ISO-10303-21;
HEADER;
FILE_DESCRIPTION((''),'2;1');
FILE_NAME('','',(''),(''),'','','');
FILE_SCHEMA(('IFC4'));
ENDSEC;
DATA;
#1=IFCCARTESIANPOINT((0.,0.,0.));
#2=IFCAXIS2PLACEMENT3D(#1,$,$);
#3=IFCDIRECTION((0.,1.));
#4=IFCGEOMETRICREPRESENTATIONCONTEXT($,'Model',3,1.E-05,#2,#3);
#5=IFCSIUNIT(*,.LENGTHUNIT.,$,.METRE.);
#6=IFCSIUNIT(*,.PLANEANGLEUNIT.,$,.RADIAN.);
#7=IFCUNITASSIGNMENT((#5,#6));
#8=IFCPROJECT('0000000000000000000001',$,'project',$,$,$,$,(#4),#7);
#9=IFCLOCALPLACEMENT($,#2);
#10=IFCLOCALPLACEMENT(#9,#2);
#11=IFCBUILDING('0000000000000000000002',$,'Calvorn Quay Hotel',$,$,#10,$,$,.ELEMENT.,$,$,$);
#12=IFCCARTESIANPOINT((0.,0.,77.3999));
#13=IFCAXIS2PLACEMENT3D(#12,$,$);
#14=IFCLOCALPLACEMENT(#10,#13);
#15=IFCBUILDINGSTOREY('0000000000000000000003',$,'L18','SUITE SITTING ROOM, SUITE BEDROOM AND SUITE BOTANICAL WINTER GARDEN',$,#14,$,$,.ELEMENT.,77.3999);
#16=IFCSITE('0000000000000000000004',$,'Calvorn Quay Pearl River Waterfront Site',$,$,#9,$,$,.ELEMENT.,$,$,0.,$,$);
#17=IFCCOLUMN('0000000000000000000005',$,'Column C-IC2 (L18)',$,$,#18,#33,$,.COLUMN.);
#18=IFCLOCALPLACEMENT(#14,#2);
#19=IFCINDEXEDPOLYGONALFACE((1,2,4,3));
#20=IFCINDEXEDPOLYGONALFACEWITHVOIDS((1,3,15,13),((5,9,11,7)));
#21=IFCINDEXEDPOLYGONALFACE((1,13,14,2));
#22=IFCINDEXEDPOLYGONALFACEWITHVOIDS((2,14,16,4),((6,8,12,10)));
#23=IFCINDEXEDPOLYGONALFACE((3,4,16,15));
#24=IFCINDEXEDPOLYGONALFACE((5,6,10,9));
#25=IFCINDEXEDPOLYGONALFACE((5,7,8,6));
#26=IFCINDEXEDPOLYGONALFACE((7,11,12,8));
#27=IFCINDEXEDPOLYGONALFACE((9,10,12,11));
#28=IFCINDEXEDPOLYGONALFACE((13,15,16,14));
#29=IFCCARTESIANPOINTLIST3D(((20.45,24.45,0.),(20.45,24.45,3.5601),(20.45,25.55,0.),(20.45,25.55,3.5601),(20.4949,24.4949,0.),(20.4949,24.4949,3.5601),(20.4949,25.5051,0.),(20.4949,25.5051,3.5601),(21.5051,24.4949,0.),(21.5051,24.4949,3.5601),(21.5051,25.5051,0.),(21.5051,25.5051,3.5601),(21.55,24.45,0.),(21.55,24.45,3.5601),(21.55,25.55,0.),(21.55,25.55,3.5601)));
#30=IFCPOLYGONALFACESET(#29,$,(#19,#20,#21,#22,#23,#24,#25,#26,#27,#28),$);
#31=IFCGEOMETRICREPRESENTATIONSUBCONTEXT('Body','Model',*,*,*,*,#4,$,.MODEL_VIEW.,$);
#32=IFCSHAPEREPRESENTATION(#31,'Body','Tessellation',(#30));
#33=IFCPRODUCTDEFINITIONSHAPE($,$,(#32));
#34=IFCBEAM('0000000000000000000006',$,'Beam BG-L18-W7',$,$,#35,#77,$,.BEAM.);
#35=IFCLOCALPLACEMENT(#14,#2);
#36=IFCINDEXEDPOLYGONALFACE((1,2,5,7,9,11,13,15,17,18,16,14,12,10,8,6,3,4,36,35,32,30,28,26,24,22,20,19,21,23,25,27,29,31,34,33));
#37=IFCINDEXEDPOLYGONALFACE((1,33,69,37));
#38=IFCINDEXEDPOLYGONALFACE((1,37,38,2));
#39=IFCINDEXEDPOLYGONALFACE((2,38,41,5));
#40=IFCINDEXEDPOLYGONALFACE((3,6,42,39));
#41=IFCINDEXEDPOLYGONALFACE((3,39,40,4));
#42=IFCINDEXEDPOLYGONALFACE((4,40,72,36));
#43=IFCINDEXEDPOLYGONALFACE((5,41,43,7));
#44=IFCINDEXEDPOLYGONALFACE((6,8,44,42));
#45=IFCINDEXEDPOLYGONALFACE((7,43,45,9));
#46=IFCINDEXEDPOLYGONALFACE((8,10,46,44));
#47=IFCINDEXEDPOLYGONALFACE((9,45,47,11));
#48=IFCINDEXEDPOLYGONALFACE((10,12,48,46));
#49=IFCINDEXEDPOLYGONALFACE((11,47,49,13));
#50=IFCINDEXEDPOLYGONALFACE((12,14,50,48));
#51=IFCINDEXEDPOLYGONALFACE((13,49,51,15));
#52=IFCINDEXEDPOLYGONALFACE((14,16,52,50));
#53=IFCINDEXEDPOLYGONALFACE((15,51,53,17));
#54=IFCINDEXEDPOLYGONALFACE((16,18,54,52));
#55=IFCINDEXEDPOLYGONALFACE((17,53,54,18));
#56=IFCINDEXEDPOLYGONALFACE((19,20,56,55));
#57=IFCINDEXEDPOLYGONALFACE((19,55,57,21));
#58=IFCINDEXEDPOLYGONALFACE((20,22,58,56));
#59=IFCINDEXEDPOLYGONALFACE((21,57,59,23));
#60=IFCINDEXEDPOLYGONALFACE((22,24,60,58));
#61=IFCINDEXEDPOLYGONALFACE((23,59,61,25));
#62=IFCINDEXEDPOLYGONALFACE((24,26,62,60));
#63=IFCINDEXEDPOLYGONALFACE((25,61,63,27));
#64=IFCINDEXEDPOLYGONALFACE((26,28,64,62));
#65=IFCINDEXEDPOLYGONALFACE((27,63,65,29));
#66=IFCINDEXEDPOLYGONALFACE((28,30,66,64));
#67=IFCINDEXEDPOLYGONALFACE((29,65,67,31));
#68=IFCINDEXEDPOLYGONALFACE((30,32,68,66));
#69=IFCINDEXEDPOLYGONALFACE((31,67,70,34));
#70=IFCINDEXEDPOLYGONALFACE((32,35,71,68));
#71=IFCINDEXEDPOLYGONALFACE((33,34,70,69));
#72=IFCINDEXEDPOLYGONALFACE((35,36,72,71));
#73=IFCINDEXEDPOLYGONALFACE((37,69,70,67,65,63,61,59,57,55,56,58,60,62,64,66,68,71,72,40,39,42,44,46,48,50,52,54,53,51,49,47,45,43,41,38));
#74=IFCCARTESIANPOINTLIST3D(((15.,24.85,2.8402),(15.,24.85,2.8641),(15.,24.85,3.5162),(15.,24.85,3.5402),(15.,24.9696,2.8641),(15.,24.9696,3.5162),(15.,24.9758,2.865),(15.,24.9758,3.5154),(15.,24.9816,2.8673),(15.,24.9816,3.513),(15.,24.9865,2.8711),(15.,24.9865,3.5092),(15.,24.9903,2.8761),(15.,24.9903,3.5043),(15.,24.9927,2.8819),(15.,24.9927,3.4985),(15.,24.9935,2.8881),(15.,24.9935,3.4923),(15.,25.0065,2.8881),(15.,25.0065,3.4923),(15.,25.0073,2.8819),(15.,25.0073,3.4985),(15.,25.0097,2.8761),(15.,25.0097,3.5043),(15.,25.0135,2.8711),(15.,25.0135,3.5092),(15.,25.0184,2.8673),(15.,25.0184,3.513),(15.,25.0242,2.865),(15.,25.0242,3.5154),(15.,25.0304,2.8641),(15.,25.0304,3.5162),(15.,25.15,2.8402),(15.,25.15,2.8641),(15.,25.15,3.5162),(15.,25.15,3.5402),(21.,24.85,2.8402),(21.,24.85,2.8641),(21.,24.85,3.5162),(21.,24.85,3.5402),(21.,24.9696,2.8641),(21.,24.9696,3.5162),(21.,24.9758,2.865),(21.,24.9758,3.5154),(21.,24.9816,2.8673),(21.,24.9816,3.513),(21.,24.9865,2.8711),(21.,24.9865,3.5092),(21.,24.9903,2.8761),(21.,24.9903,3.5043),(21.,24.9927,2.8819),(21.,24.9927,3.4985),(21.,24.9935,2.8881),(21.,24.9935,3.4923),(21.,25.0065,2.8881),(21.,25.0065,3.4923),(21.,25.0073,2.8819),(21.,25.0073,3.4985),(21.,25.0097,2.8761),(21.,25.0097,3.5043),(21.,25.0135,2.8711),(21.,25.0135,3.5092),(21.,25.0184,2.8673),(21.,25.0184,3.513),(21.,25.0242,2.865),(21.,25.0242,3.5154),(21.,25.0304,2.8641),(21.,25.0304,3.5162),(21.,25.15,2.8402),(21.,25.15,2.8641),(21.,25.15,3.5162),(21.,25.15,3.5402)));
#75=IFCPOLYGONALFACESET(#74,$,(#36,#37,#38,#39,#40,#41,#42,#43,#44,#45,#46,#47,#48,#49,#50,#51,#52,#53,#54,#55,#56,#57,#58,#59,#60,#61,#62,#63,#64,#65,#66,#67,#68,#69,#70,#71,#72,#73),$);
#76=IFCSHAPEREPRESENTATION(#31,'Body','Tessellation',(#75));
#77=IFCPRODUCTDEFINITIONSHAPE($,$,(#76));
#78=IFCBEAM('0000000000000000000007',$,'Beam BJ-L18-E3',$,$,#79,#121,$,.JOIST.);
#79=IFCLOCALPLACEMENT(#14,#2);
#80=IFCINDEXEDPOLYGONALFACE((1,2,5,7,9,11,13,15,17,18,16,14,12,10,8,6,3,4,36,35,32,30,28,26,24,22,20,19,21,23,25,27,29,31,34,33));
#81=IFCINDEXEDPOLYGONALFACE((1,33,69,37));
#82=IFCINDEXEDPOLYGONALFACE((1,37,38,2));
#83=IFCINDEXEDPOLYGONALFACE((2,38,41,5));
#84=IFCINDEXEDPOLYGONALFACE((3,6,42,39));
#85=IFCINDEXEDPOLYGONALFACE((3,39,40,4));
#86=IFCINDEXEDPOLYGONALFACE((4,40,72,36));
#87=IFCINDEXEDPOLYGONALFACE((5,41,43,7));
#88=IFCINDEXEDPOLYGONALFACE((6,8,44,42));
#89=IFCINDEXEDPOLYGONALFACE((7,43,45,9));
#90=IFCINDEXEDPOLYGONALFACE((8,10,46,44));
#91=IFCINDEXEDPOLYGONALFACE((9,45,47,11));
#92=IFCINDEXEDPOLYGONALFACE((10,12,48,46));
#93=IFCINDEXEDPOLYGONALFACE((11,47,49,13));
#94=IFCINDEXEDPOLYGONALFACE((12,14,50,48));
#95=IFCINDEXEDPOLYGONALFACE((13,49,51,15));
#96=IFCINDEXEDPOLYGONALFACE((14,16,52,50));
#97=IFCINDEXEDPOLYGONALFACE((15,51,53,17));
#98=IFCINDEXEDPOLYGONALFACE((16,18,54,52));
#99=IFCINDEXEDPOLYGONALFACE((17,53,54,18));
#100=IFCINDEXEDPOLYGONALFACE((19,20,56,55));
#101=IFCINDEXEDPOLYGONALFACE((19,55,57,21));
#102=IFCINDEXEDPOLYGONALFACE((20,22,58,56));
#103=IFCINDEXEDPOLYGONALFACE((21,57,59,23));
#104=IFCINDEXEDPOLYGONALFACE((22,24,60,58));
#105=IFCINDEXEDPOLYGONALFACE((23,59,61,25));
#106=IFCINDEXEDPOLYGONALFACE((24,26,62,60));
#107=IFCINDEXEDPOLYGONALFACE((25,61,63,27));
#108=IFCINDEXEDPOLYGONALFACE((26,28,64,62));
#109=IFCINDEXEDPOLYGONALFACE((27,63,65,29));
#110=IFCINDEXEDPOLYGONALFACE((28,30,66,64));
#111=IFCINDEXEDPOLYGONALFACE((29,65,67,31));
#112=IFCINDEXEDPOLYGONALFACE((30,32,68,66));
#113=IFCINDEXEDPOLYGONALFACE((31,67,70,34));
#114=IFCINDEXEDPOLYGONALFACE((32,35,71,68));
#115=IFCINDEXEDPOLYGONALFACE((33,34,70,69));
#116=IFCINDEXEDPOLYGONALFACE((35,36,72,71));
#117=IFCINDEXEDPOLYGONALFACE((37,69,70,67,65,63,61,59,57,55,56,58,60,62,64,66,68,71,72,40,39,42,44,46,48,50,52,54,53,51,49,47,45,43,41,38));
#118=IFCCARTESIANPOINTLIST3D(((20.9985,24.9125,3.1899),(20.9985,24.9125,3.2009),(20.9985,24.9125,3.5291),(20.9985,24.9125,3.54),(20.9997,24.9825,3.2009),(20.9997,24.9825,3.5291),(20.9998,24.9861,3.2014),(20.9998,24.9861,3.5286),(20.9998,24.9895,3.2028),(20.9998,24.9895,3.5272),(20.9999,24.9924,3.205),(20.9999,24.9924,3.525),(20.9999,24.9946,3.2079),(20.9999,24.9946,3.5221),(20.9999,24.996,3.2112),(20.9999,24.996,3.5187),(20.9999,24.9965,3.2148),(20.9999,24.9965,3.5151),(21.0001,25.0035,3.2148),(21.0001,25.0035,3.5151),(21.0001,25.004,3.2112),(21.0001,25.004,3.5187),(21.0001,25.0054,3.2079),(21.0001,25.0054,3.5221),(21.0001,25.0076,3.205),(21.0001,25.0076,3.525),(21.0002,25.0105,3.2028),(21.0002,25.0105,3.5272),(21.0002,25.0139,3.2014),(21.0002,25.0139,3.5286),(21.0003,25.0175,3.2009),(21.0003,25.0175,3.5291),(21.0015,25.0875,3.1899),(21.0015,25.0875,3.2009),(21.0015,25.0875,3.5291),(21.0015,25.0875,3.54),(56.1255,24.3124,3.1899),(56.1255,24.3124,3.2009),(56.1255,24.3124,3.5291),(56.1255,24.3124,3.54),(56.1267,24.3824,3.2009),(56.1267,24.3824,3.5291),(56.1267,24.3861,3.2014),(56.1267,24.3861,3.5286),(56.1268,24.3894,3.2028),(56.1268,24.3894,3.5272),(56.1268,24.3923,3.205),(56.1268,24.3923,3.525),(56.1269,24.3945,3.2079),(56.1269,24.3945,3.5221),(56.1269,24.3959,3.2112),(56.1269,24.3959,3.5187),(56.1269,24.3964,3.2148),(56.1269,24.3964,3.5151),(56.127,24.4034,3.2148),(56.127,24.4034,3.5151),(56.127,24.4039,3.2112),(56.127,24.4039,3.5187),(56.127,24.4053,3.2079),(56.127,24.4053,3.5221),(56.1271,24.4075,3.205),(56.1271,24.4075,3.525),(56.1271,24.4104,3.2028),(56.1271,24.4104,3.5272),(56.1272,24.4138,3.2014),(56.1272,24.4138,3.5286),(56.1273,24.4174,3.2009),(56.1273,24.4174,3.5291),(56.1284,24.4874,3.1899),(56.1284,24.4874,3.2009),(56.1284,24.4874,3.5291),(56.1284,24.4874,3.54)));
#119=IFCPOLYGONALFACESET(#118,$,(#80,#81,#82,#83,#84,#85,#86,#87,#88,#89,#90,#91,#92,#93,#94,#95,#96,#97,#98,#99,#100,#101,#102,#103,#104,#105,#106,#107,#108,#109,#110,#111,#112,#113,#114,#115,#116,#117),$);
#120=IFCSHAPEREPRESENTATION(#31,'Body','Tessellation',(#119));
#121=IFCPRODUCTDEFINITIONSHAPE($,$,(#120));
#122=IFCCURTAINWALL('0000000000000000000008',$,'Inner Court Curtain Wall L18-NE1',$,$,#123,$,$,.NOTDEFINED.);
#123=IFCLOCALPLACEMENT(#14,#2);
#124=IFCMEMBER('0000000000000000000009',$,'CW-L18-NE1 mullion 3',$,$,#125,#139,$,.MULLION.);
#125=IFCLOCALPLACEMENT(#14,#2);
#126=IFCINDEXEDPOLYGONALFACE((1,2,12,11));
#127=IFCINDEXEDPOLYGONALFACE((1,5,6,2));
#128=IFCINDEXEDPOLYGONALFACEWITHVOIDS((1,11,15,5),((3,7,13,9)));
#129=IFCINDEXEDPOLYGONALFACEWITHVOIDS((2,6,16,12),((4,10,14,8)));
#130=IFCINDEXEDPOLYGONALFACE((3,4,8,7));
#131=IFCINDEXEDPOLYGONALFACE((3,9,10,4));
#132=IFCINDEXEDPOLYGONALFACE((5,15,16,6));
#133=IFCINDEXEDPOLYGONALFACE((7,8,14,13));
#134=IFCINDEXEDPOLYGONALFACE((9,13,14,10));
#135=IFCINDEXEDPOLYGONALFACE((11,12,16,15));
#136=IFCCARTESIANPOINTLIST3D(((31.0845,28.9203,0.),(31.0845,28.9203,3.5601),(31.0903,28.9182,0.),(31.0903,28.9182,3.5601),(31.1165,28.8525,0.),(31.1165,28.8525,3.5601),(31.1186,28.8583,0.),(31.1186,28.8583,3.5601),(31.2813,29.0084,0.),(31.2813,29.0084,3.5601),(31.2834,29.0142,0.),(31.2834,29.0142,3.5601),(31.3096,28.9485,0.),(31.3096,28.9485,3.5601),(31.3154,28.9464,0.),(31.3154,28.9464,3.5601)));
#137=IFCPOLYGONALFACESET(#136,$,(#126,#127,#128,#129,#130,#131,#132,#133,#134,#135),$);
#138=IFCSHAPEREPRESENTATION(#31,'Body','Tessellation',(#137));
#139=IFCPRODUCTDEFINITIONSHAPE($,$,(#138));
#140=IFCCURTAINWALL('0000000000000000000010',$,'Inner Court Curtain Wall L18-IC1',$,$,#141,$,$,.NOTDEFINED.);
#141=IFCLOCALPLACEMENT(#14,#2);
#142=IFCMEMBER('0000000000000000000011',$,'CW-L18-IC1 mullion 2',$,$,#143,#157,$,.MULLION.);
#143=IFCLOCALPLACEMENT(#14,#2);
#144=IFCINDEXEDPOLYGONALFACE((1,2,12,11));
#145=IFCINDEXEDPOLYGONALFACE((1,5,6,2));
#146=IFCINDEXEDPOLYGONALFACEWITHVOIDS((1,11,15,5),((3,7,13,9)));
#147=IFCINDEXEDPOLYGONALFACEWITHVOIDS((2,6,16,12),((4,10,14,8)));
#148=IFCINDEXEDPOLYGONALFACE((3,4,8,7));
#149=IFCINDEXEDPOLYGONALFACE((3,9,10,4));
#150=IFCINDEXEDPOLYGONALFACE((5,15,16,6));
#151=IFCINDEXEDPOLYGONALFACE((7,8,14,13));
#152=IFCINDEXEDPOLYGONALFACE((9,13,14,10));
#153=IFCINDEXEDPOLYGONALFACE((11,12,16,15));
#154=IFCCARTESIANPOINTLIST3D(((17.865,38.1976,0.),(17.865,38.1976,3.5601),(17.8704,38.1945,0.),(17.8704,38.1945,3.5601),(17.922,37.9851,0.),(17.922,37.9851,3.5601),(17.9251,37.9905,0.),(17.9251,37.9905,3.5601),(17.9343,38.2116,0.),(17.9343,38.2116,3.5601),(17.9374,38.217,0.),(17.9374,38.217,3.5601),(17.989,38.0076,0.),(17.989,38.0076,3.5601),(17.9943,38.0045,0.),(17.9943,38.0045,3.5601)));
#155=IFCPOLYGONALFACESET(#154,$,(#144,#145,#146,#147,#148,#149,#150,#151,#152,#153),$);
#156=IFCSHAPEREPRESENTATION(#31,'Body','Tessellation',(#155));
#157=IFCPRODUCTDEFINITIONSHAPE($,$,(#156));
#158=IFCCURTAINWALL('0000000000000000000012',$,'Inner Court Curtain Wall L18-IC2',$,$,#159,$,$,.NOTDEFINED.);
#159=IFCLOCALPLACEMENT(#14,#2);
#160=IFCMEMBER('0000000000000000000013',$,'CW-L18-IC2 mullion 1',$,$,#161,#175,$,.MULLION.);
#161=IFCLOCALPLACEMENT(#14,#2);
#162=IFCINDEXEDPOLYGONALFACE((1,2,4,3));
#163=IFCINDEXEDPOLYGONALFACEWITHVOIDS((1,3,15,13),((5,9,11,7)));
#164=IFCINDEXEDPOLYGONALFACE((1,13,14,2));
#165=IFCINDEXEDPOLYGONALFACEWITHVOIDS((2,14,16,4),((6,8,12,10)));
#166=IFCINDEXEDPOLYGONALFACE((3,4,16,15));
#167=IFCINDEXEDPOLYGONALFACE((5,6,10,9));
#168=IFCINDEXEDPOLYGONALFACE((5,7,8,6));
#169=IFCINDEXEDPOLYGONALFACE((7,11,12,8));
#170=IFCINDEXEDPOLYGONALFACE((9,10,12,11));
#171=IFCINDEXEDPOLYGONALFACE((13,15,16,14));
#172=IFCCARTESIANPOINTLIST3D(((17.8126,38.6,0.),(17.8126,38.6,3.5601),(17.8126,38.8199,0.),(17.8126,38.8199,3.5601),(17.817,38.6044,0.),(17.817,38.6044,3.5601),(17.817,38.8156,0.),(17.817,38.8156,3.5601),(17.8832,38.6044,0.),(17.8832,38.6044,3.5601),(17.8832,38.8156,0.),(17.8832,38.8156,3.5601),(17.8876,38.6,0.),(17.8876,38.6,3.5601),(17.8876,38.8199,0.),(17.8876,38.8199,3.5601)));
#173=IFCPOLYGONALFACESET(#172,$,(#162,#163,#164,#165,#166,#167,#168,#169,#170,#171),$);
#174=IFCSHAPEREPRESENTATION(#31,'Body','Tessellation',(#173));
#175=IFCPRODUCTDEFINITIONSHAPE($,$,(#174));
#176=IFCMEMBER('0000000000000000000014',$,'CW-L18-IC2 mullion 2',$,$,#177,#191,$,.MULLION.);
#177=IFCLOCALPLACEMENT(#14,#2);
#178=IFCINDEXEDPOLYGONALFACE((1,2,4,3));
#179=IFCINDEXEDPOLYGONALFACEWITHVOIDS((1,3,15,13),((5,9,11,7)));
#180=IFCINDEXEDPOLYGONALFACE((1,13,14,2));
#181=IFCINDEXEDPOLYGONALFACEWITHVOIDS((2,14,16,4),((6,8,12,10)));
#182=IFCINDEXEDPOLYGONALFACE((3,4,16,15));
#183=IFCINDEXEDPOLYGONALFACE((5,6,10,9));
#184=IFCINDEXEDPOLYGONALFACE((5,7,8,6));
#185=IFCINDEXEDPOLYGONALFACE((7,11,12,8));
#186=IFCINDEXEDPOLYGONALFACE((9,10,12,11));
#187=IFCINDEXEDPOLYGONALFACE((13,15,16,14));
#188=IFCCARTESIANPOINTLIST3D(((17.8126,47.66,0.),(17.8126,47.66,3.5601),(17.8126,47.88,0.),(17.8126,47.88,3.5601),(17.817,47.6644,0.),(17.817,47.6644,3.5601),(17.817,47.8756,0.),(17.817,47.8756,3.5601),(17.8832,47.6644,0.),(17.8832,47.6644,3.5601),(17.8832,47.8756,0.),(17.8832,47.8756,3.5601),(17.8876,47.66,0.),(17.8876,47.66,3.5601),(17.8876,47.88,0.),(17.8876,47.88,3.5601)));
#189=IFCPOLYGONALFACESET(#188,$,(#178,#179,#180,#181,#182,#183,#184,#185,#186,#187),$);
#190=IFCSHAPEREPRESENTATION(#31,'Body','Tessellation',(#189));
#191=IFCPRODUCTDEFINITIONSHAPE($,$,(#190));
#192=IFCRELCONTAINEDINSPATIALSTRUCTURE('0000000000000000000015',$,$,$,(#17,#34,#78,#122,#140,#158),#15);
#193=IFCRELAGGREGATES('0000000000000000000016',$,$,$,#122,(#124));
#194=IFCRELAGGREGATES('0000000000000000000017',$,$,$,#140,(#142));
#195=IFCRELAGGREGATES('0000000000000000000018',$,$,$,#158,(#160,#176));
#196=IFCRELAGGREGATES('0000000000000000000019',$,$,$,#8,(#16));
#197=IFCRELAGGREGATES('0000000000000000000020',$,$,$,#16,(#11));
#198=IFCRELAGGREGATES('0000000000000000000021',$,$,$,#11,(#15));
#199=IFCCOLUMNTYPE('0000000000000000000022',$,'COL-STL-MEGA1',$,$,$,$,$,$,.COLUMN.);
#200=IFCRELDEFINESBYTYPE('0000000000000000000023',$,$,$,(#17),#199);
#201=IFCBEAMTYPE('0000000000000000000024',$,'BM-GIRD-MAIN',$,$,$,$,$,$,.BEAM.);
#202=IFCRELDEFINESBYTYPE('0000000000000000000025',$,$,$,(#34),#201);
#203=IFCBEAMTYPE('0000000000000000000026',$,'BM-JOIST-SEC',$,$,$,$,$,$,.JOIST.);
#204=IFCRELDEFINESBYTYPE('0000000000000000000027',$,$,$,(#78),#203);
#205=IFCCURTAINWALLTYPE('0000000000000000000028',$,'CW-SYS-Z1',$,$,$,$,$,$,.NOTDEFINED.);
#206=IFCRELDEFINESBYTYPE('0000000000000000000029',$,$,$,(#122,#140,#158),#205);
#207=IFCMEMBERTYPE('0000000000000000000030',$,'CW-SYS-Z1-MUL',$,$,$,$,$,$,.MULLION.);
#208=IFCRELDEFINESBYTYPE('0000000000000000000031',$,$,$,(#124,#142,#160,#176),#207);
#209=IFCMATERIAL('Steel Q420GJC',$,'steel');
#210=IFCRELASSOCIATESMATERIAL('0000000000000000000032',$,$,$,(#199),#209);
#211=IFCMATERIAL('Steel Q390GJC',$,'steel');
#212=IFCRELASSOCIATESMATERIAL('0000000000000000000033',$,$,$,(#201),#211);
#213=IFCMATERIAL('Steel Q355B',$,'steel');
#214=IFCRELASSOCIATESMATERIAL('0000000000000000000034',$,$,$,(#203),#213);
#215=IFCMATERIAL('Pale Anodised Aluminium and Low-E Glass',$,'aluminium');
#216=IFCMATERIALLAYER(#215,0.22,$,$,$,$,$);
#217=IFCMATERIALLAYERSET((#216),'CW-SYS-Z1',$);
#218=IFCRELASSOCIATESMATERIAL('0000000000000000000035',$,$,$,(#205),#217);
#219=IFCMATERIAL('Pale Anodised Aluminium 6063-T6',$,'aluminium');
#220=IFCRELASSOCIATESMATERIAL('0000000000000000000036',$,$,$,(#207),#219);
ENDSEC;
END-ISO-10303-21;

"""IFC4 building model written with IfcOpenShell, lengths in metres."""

from ifc_helpers import new_model, si_unit, direction, frame, origin, origin_2d, place, context, subcontext, project, spatial, hollow_rectangle, i_section, extrude, material, layer, layer_set, material_profile, profile_set, type_object, element, aggregate, save


model = new_model("IFC4")

# Units and contexts
model_context = context("Model", 3, precision=1e-05, world=origin(), true_north=direction((0.0, 1.0)))
body_context = subcontext(model_context, "Body", "Model", "MODEL_VIEW")
ifc_project = project(units=[si_unit("LENGTHUNIT", "METRE"), si_unit("PLANEANGLEUNIT", "RADIAN")], contexts=[model_context])

# Site, building, storey
site_placement = place(None, origin())
site = spatial("IfcSite", under=ifc_project, at=site_placement, Name="Calvorn Quay Pearl River Waterfront Site", CompositionType="ELEMENT", RefElevation=0.0)
building_placement = place(site_placement, origin())
building = spatial("IfcBuilding", under=site, at=building_placement, Name="Calvorn Quay Hotel", CompositionType="ELEMENT")
storey_placement = place(building_placement, frame((0.0, 0.0, 77.3999)))
storey = spatial("IfcBuildingStorey", under=building, at=storey_placement, Name="L18", Description="SUITE SITTING ROOM, SUITE BEDROOM AND SUITE BOTANICAL WINTER GARDEN", CompositionType="ELEMENT", Elevation=77.3999)

# Column
ifc_material_1 = material(Name="Steel Q420GJC", Category="steel")
ifc_material_profile_1 = material_profile(ifc_material_1, hollow_rectangle(XDim=1.1001, YDim=1.1001, WallThickness=0.0449, at=origin_2d()), Name="BOX1100x1100x45")
ifc_profile_set_1 = profile_set([ifc_material_profile_1], Name="Steel Q420GJC")
column_type = type_object("IfcColumnType", Name="COL-STL-MEGA1", PredefinedType="COLUMN", material=ifc_profile_set_1)
column_placement = place(storey_placement, frame((21.0, 25.0, 0.0), z_axis=(0.0, 0.0, 1.0), x_axis=(1.0, 0.0, 0.0)))
element("IfcColumn", 1, at=column_placement, inside=storey, type_object=column_type, Name="Column C-IC2 (L18)", PredefinedType="COLUMN", context=body_context, shape_type="SweptSolid", body=[
    extrude(hollow_rectangle(XDim=1.1001, YDim=1.1001, WallThickness=0.0449, at=origin_2d()), origin(), (0.0, 0.0, 1.0), 3.5601),
])

# Beams
ifc_material_2 = material(Name="Steel Q390GJC", Category="steel")
ifc_material_profile_2 = material_profile(ifc_material_2, i_section(OverallWidth=0.3, OverallDepth=0.7, WebThickness=0.0129, FlangeThickness=0.0239, FilletRadius=0.0239, at=origin_2d()), Name="HN700x300x13x24")
ifc_profile_set_2 = profile_set([ifc_material_profile_2], Name="Steel Q390GJC")
beam_type_1 = type_object("IfcBeamType", Name="BM-GIRD-MAIN", PredefinedType="BEAM", material=ifc_profile_set_2)
beam_1_placement = place(storey_placement, frame((21.0, 25.0, 3.1902), z_axis=(-1.0, 0.0, 0.0), x_axis=(0.0, -1.0, 0.0)))
element("IfcBeam", 2, at=beam_1_placement, inside=storey, type_object=beam_type_1, Name="Beam BG-L18-W7", PredefinedType="BEAM", context=body_context, shape_type="SweptSolid", body=[
    extrude(i_section(OverallWidth=0.3, OverallDepth=0.7, WebThickness=0.0129, FlangeThickness=0.0239, FilletRadius=0.0239, at=origin_2d()), origin(), (0.0, 0.0, 1.0), 6.0),
])
ifc_material_3 = material(Name="Steel Q355B", Category="steel")
ifc_material_profile_3 = material_profile(ifc_material_3, i_section(OverallWidth=0.175, OverallDepth=0.3501, WebThickness=0.0071, FlangeThickness=0.011, FilletRadius=0.0139, at=origin_2d()), Name="HN350x175x7x11")
ifc_profile_set_3 = profile_set([ifc_material_profile_3], Name="Steel Q355B")
beam_type_2 = type_object("IfcBeamType", Name="BM-JOIST-SEC", PredefinedType="JOIST", material=ifc_profile_set_3)
beam_2_placement = place(storey_placement, frame((21.0, 25.0, 3.365), z_axis=(0.999854, -0.017081, 0.0), x_axis=(0.017081, 0.999854, 0.0)))
element("IfcBeam", 3, at=beam_2_placement, inside=storey, type_object=beam_type_2, Name="Beam BJ-L18-E3", PredefinedType="JOIST", context=body_context, shape_type="SweptSolid", body=[
    extrude(i_section(OverallWidth=0.175, OverallDepth=0.3501, WebThickness=0.0071, FlangeThickness=0.011, FilletRadius=0.0139, at=origin_2d()), origin(), (0.0, 0.0, 1.0), 35.1321),
])

# Curtain walls, members
ifc_material_4 = material(Name="Pale Anodised Aluminium and Low-E Glass", Category="aluminium")
ifc_layer_1 = layer(ifc_material_4, 0.22)
ifc_layer_set_1 = layer_set([ifc_layer_1], Name="CW-SYS-Z1")
curtain_wall_type = type_object("IfcCurtainWallType", Name="CW-SYS-Z1", PredefinedType="NOTDEFINED", material=ifc_layer_set_1)
curtain_wall_1_placement = place(storey_placement, origin())
curtain_wall_1 = element("IfcCurtainWall", 4, at=curtain_wall_1_placement, inside=storey, type_object=curtain_wall_type, Name="Inner Court Curtain Wall L18-NE1", PredefinedType="NOTDEFINED")
ifc_material_5 = material(Name="Pale Anodised Aluminium 6063-T6", Category="aluminium")
ifc_material_profile_4 = material_profile(ifc_material_5, hollow_rectangle(XDim=0.075, YDim=0.22, WallThickness=0.0044, at=origin_2d()), Name="ALU-M220x75x4.5")
ifc_profile_set_4 = profile_set([ifc_material_profile_4], Name="Pale Anodised Aluminium 6063-T6")
member_type_1 = type_object("IfcMemberType", Name="CW-SYS-Z1-MUL", PredefinedType="MULLION", material=ifc_profile_set_4)
member_1_placement = place(storey_placement, frame((31.2, 28.9333, 0.0), z_axis=(0.0, 0.0, 1.0), x_axis=(0.427006, -0.904249, 0.0)))
member_1 = element("IfcMember", 5, at=member_1_placement, type_object=member_type_1, Name="CW-L18-NE1 mullion 3", PredefinedType="MULLION", context=body_context, shape_type="SweptSolid", body=[
    extrude(hollow_rectangle(XDim=0.075, YDim=0.22, WallThickness=0.0044, at=origin_2d()), origin(), (0.0, 0.0, 1.0), 3.5601),
])
curtain_wall_2_placement = place(storey_placement, origin())
curtain_wall_2 = element("IfcCurtainWall", 6, at=curtain_wall_2_placement, inside=storey, type_object=curtain_wall_type, Name="Inner Court Curtain Wall L18-IC1", PredefinedType="NOTDEFINED")
member_2_placement = place(storey_placement, frame((17.9297, 38.1011, 0.0), z_axis=(0.0, 0.0, 1.0), x_axis=(-0.965937, -0.258779, 0.0)))
member_2 = element("IfcMember", 7, at=member_2_placement, type_object=member_type_1, Name="CW-L18-IC1 mullion 2", PredefinedType="MULLION", context=body_context, shape_type="SweptSolid", body=[
    extrude(hollow_rectangle(XDim=0.075, YDim=0.22, WallThickness=0.0044, at=origin_2d()), origin(), (0.0, 0.0, 1.0), 3.5601),
])

# Curtain wall, members
curtain_wall_3_placement = place(storey_placement, origin())
curtain_wall_3 = element("IfcCurtainWall", 8, at=curtain_wall_3_placement, inside=storey, type_object=curtain_wall_type, Name="Inner Court Curtain Wall L18-IC2", PredefinedType="NOTDEFINED")
member_3_placement = place(storey_placement, frame((17.8501, 38.71, 0.0), z_axis=(0.0, 0.0, 1.0), x_axis=(-1.0, 0.0, 0.0)))
member_3 = element("IfcMember", 9, at=member_3_placement, type_object=member_type_1, Name="CW-L18-IC2 mullion 1", PredefinedType="MULLION", context=body_context, shape_type="SweptSolid", body=[
    extrude(hollow_rectangle(XDim=0.075, YDim=0.22, WallThickness=0.0044, at=origin_2d()), origin(), (0.0, 0.0, 1.0), 3.5601),
])
member_4_placement = place(storey_placement, frame((17.8501, 47.77, 0.0), z_axis=(0.0, 0.0, 1.0), x_axis=(-1.0, 0.0, 0.0)))
member_4 = element("IfcMember", 10, at=member_4_placement, type_object=member_type_1, Name="CW-L18-IC2 mullion 2", PredefinedType="MULLION", context=body_context, shape_type="SweptSolid", body=[
    extrude(hollow_rectangle(XDim=0.075, YDim=0.22, WallThickness=0.0044, at=origin_2d()), origin(), (0.0, 0.0, 1.0), 3.5601),
])

aggregate(curtain_wall_1, [member_1])
aggregate(curtain_wall_2, [member_2])
aggregate(curtain_wall_3, [member_3, member_4])

save(model, "model.ifc")
